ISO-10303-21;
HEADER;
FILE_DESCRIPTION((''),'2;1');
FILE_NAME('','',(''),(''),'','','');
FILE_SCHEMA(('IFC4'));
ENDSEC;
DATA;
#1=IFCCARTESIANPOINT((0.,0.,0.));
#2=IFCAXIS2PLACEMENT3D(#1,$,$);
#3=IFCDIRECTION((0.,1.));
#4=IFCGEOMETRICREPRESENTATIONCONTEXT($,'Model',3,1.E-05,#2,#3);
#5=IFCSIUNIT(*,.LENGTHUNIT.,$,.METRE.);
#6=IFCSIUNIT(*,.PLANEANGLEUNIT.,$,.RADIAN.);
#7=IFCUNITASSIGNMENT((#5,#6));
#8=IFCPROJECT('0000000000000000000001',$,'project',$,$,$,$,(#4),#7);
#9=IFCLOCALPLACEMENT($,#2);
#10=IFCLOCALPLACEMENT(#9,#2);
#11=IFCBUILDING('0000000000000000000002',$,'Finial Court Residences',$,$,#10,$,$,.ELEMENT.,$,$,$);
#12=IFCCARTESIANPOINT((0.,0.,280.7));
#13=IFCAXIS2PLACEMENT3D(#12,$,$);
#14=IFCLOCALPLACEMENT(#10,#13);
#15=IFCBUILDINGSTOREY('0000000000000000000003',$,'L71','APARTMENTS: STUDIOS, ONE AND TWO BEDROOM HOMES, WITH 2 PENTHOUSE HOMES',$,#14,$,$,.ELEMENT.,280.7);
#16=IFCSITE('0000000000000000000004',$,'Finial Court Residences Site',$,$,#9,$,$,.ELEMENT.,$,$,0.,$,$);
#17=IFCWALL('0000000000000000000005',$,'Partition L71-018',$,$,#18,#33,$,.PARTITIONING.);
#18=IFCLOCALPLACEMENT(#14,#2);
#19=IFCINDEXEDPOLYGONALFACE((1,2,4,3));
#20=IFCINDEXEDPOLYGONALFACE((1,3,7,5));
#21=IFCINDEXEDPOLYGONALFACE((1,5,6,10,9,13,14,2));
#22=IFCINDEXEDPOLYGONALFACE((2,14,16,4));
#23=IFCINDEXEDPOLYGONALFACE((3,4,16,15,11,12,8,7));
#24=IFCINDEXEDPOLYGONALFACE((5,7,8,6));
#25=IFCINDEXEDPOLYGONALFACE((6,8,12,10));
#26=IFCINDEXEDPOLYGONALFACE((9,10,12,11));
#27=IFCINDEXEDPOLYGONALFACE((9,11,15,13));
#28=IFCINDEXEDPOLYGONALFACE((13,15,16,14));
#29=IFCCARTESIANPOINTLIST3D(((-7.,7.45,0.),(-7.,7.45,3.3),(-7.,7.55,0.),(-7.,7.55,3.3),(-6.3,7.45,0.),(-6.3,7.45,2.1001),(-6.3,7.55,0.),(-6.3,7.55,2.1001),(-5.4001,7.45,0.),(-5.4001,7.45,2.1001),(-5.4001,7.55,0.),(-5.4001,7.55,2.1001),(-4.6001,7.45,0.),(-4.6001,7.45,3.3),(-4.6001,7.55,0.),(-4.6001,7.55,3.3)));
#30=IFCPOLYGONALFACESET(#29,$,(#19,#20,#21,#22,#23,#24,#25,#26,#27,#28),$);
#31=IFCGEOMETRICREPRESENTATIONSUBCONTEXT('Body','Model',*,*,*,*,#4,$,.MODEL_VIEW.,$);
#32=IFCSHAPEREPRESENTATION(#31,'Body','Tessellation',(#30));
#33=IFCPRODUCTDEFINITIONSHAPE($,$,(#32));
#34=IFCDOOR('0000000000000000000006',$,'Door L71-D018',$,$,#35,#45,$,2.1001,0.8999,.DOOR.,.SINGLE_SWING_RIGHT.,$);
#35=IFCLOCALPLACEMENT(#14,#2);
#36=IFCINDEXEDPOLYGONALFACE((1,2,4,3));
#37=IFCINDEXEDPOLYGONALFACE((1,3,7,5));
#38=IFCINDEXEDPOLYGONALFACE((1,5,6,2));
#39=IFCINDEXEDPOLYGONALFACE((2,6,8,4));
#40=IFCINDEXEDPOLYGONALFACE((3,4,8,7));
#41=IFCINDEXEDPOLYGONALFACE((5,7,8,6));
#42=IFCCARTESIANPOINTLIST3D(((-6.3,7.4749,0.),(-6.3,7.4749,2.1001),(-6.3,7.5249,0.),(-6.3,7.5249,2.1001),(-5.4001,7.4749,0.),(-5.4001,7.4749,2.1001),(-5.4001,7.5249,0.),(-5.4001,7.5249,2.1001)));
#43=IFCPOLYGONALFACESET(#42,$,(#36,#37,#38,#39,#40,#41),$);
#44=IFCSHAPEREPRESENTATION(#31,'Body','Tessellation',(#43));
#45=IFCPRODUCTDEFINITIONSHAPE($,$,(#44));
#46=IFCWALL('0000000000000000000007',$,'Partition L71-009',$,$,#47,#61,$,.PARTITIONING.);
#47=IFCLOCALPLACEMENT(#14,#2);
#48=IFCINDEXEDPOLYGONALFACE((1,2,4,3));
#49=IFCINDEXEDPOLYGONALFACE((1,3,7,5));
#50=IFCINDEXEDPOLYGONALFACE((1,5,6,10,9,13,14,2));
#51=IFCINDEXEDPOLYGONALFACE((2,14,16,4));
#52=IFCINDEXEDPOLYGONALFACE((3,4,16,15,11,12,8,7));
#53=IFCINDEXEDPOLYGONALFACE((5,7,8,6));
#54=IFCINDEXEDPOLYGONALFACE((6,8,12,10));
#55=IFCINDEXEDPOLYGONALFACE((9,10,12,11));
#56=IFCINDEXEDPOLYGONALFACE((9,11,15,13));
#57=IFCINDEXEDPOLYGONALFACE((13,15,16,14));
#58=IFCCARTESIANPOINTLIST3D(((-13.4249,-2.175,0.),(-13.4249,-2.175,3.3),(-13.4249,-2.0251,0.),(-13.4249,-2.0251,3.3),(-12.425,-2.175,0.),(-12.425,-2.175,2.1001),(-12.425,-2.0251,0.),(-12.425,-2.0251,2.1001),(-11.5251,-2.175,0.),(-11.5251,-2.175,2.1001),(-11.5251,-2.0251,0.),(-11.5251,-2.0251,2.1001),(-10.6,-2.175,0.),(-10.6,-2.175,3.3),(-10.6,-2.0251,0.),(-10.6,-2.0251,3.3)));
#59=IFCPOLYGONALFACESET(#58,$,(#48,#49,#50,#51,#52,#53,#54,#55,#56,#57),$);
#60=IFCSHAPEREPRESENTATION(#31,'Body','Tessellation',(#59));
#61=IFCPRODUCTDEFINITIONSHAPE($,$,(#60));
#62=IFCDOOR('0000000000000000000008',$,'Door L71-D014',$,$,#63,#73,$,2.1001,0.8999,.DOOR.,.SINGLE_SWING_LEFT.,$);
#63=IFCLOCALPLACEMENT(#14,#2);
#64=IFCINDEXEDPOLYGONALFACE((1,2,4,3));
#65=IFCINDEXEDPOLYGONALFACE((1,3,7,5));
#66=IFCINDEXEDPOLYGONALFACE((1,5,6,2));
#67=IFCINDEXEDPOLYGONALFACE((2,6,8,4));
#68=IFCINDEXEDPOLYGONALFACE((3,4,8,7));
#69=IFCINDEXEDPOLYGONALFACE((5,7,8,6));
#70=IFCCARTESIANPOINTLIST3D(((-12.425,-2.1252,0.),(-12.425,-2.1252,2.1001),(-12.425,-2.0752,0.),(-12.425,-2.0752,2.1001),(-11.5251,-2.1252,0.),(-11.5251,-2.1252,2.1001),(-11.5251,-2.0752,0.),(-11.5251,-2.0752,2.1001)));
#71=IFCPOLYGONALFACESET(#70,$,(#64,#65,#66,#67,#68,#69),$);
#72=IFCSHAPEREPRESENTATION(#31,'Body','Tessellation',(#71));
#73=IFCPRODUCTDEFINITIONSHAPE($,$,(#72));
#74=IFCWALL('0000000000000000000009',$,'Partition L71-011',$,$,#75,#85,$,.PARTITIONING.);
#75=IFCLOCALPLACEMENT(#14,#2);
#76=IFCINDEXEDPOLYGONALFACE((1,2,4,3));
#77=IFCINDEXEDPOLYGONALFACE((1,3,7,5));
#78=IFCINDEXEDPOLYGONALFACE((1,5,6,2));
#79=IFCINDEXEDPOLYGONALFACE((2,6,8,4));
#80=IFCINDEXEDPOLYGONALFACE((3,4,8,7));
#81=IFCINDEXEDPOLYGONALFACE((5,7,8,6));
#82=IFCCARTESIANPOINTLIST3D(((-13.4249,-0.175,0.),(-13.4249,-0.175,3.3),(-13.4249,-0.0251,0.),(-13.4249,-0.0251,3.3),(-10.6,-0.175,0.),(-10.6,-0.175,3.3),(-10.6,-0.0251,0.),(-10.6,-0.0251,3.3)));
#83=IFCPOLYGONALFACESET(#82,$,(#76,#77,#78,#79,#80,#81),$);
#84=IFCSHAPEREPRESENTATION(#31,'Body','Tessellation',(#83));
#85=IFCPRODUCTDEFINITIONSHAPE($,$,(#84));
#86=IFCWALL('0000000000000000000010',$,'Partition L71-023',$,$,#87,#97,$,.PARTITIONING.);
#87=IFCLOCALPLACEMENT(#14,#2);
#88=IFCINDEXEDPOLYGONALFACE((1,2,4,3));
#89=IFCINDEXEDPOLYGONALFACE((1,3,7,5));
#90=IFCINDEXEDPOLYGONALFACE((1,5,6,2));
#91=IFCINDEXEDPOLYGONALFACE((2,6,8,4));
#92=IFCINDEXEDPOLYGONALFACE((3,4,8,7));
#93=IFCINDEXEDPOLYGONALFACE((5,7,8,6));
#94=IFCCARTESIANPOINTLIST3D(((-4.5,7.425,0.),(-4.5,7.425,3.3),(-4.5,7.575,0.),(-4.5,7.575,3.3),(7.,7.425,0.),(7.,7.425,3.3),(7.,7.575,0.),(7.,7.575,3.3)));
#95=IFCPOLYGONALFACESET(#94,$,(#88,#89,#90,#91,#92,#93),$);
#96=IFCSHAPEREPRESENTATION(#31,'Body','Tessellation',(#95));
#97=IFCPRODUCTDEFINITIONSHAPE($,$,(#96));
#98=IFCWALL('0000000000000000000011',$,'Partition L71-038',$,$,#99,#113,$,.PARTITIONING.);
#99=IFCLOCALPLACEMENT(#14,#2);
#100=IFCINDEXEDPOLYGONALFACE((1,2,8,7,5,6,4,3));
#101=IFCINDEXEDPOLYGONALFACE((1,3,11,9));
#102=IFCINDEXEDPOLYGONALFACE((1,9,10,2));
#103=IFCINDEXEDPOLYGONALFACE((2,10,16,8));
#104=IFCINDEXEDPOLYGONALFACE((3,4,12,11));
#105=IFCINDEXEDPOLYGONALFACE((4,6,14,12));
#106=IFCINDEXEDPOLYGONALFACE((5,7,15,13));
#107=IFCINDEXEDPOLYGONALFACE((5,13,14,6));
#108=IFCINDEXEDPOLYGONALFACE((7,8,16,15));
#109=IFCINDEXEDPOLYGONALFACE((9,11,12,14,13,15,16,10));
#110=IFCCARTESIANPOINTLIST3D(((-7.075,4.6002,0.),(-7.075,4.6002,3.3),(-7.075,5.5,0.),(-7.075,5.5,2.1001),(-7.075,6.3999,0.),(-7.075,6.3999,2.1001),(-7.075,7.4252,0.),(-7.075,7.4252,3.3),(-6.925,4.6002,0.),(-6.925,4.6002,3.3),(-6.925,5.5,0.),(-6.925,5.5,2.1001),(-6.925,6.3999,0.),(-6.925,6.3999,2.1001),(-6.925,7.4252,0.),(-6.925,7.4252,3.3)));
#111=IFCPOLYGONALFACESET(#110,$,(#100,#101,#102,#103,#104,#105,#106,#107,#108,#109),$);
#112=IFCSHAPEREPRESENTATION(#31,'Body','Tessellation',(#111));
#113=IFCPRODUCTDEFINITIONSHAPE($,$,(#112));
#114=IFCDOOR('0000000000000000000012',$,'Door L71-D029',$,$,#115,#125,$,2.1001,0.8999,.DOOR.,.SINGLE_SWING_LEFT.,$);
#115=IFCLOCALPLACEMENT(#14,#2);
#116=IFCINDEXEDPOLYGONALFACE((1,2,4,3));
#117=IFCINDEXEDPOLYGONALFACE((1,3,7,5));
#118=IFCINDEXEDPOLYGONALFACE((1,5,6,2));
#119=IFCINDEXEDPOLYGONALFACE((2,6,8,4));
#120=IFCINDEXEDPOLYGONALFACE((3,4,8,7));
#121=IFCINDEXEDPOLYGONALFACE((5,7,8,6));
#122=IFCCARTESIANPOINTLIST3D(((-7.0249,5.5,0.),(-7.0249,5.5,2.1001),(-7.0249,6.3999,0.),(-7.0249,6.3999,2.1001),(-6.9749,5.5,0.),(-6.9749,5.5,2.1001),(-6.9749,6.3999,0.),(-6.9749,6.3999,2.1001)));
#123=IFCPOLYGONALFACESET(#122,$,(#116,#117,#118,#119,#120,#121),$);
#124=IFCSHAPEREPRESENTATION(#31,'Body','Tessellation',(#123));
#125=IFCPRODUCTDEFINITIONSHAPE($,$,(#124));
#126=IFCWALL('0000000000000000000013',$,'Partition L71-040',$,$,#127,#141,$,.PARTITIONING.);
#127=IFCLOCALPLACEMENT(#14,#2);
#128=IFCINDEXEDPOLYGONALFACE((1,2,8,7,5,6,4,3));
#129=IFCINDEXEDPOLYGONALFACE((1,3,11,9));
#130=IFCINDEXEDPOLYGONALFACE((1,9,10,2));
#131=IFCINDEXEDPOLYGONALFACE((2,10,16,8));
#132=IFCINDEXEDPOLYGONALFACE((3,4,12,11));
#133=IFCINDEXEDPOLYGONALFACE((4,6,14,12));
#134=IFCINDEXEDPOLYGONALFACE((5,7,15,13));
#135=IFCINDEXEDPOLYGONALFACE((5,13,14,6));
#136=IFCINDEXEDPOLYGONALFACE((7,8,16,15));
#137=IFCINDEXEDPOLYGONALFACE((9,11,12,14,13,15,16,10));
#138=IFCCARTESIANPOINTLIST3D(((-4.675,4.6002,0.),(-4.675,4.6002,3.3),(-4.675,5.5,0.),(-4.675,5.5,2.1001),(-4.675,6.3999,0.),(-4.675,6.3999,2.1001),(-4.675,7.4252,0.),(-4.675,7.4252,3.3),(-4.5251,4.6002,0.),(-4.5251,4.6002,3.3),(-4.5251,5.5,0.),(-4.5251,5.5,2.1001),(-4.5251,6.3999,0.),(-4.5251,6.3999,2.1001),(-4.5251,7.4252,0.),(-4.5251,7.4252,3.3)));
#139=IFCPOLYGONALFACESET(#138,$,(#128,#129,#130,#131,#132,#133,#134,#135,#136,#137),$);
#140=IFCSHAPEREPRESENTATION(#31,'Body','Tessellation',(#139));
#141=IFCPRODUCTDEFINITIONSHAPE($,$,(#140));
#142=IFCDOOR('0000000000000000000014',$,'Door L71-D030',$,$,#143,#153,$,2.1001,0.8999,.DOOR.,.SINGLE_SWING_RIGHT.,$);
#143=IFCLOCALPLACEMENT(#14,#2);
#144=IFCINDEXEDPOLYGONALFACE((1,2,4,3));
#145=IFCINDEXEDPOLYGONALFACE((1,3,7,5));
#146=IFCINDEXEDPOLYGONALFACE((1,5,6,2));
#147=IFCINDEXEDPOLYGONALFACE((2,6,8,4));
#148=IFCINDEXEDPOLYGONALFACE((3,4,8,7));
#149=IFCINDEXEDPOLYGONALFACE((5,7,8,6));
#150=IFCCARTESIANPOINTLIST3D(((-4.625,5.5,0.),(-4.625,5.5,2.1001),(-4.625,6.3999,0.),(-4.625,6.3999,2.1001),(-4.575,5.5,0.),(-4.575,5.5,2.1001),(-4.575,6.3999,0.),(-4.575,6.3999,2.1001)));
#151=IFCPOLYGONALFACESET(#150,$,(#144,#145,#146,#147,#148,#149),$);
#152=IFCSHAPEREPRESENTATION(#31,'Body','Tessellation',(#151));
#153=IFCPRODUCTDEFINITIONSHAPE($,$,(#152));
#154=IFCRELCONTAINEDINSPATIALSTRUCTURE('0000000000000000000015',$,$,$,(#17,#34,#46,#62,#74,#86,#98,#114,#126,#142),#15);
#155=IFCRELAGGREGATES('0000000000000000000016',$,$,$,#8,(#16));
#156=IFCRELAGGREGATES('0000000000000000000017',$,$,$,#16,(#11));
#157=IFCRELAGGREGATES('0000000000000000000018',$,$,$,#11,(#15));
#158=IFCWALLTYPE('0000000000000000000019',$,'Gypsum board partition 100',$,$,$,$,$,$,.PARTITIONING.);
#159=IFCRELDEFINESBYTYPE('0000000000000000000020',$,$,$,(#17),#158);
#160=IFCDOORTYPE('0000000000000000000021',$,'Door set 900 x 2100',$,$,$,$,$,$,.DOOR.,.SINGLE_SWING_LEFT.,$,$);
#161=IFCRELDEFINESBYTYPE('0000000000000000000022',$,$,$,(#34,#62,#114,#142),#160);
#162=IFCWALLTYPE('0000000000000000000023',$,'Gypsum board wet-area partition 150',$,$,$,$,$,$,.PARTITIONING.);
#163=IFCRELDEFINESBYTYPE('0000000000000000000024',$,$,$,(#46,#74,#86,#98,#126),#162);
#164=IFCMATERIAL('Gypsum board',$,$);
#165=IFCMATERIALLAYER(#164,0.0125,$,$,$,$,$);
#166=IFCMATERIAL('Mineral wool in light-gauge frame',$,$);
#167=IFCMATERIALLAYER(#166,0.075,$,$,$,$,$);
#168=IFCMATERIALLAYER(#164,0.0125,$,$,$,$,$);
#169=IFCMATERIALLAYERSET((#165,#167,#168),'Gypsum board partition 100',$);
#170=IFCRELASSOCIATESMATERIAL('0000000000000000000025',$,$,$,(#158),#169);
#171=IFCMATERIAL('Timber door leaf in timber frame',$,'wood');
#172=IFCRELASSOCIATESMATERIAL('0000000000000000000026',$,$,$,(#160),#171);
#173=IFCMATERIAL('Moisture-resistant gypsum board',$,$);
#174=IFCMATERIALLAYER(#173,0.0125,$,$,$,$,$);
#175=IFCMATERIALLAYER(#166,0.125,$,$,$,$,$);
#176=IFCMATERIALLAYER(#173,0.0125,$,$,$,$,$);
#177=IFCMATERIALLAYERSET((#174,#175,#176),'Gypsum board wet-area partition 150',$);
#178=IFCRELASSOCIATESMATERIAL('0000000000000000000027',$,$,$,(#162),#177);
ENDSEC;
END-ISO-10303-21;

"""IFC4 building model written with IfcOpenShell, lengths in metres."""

from ifc_helpers import new_model, si_unit, direction, frame, frame_2d, origin, place, context, subcontext, project, spatial, rectangle, extrude, material, layer, layer_set, type_object, element, fill, save


model = new_model("IFC4")

# Units and contexts
model_context = context("Model", 3, precision=1e-05, world=origin(), true_north=direction((0.0, 1.0)))
body_context = subcontext(model_context, "Body", "Model", "MODEL_VIEW")
ifc_project = project(units=[si_unit("LENGTHUNIT", "METRE"), si_unit("PLANEANGLEUNIT", "RADIAN")], contexts=[model_context])

# Site, building, storey
site_placement = place(None, origin())
site = spatial("IfcSite", under=ifc_project, at=site_placement, Name="Finial Court Residences Site", CompositionType="ELEMENT", RefElevation=0.0)
building_placement = place(site_placement, origin())
building = spatial("IfcBuilding", under=site, at=building_placement, Name="Finial Court Residences", CompositionType="ELEMENT")
storey_placement = place(building_placement, frame((0.0, 0.0, 280.7)))
storey = spatial("IfcBuildingStorey", under=building, at=storey_placement, Name="L71", Description="APARTMENTS: STUDIOS, ONE AND TWO BEDROOM HOMES, WITH 2 PENTHOUSE HOMES", CompositionType="ELEMENT", Elevation=280.7)

# Shared definitions
ifc_material_1 = material(Name="Gypsum board")

# Walls, openings, doors
ifc_layer_1 = layer(ifc_material_1, 0.0125)
ifc_material_2 = material(Name="Mineral wool in light-gauge frame")
ifc_layer_2 = layer(ifc_material_2, 0.075)
ifc_layer_3 = layer(ifc_material_1, 0.0125)
ifc_layer_set_1 = layer_set([ifc_layer_1, ifc_layer_2, ifc_layer_3], Name="Gypsum board partition 100")
wall_type_1 = type_object("IfcWallType", Name="Gypsum board partition 100", PredefinedType="PARTITIONING", material=ifc_layer_set_1)
wall_1_placement = place(storey_placement, frame((-7.0, 7.5, 0.0), z_axis=(0.0, 0.0, 1.0), x_axis=(1.0, 0.0, 0.0)))
wall_1 = element("IfcWall", 1, at=wall_1_placement, inside=storey, type_object=wall_type_1, Name="Partition L71-018", PredefinedType="PARTITIONING", context=body_context, shape_type="SweptSolid", body=[
    extrude(rectangle(XDim=2.3999, YDim=0.1001, at=frame_2d((1.2, 0.0))), origin(), (0.0, 0.0, 1.0), 3.3),
])
opening_1_placement = place(wall_1_placement, frame((0.7, 0.0, 0.0)))
opening_1 = element("IfcOpeningElement", 2, at=opening_1_placement, cuts=wall_1, PredefinedType="OPENING", context=body_context, shape_type="SweptSolid", body=[
    extrude(rectangle(XDim=0.8999, YDim=2.1001, at=frame_2d((0.45, 1.05))), frame((0.0, 0.0601, 0.0), z_axis=(0.0, -1.0, 0.0), x_axis=(1.0, 0.0, 0.0)), (0.0, 0.0, 1.0), 0.1201),
])
ifc_material_3 = material(Name="Timber door leaf in timber frame", Category="wood")
door_type = type_object("IfcDoorType", Name="Door set 900 x 2100", OperationType="SINGLE_SWING_LEFT", PredefinedType="DOOR", material=ifc_material_3)
door_1_placement = place(opening_1_placement, origin())
door_1 = element("IfcDoor", 3, at=door_1_placement, inside=storey, type_object=door_type, Name="Door L71-D018", OperationType="SINGLE_SWING_RIGHT", OverallHeight=2.1001, OverallWidth=0.8999, PredefinedType="DOOR", context=body_context, shape_type="SweptSolid", body=[
    extrude(rectangle(XDim=0.8999, YDim=2.1001, at=frame_2d((0.45, 1.05))), frame((0.0, 0.0249, 0.0), z_axis=(0.0, -1.0, 0.0), x_axis=(1.0, 0.0, 0.0)), (0.0, 0.0, 1.0), 0.05),
])
fill(opening_1, door_1)
ifc_material_4 = material(Name="Moisture-resistant gypsum board")
ifc_layer_4 = layer(ifc_material_4, 0.0125)
ifc_layer_5 = layer(ifc_material_2, 0.125)
ifc_layer_6 = layer(ifc_material_4, 0.0125)
ifc_layer_set_2 = layer_set([ifc_layer_4, ifc_layer_5, ifc_layer_6], Name="Gypsum board wet-area partition 150")
wall_type_2 = type_object("IfcWallType", Name="Gypsum board wet-area partition 150", PredefinedType="PARTITIONING", material=ifc_layer_set_2)
wall_2_placement = place(storey_placement, frame((-13.425, -2.1001, 0.0), z_axis=(0.0, 0.0, 1.0), x_axis=(1.0, 0.0, 0.0)))
wall_2 = element("IfcWall", 4, at=wall_2_placement, inside=storey, type_object=wall_type_2, Name="Partition L71-009", PredefinedType="PARTITIONING", context=body_context, shape_type="SweptSolid", body=[
    extrude(rectangle(XDim=2.825, YDim=0.1499, at=frame_2d((1.4126, 0.0))), origin(), (0.0, 0.0, 1.0), 3.3),
])
opening_2_placement = place(wall_2_placement, frame((1.0, 0.0, 0.0)))
opening_2 = element("IfcOpeningElement", 5, at=opening_2_placement, cuts=wall_2, PredefinedType="OPENING", context=body_context, shape_type="SweptSolid", body=[
    extrude(rectangle(XDim=0.8999, YDim=2.1001, at=frame_2d((0.45, 1.05))), frame((0.0, 0.085, 0.0), z_axis=(0.0, -1.0, 0.0), x_axis=(1.0, 0.0, 0.0)), (0.0, 0.0, 1.0), 0.1699),
])
door_2_placement = place(opening_2_placement, origin())
door_2 = element("IfcDoor", 6, at=door_2_placement, inside=storey, type_object=door_type, Name="Door L71-D014", OperationType="SINGLE_SWING_LEFT", OverallHeight=2.1001, OverallWidth=0.8999, PredefinedType="DOOR", context=body_context, shape_type="SweptSolid", body=[
    extrude(rectangle(XDim=0.8999, YDim=2.1001, at=frame_2d((0.45, 1.05))), frame((0.0, 0.0249, 0.0), z_axis=(0.0, -1.0, 0.0), x_axis=(1.0, 0.0, 0.0)), (0.0, 0.0, 1.0), 0.05),
])
fill(opening_2, door_2)

# Walls
wall_3_placement = place(storey_placement, frame((-13.425, -0.1001, 0.0), z_axis=(0.0, 0.0, 1.0), x_axis=(1.0, 0.0, 0.0)))
element("IfcWall", 7, at=wall_3_placement, inside=storey, type_object=wall_type_2, Name="Partition L71-011", PredefinedType="PARTITIONING", context=body_context, shape_type="SweptSolid", body=[
    extrude(rectangle(XDim=2.825, YDim=0.1499, at=frame_2d((1.4126, 0.0))), origin(), (0.0, 0.0, 1.0), 3.3),
])
wall_4_placement = place(storey_placement, frame((-4.5, 7.5, 0.0), z_axis=(0.0, 0.0, 1.0), x_axis=(1.0, 0.0, 0.0)))
element("IfcWall", 8, at=wall_4_placement, inside=storey, type_object=wall_type_2, Name="Partition L71-023", PredefinedType="PARTITIONING", context=body_context, shape_type="SweptSolid", body=[
    extrude(rectangle(XDim=11.5, YDim=0.1499, at=frame_2d((5.75, 0.0))), origin(), (0.0, 0.0, 1.0), 3.3),
])

# Walls, openings, doors
wall_5_placement = place(storey_placement, frame((-7.0, 4.6001, 0.0), z_axis=(0.0, 0.0, 1.0), x_axis=(0.0, 1.0, 0.0)))
wall_5 = element("IfcWall", 9, at=wall_5_placement, inside=storey, type_object=wall_type_2, Name="Partition L71-038", PredefinedType="PARTITIONING", context=body_context, shape_type="SweptSolid", body=[
    extrude(rectangle(XDim=2.825, YDim=0.1499, at=frame_2d((1.4126, 0.0))), origin(), (0.0, 0.0, 1.0), 3.3),
])
opening_3_placement = place(wall_5_placement, frame((0.8999, 0.0, 0.0)))
opening_3 = element("IfcOpeningElement", 10, at=opening_3_placement, cuts=wall_5, PredefinedType="OPENING", context=body_context, shape_type="SweptSolid", body=[
    extrude(rectangle(XDim=0.8999, YDim=2.1001, at=frame_2d((0.45, 1.05))), frame((0.0, 0.085, 0.0), z_axis=(0.0, -1.0, 0.0), x_axis=(1.0, 0.0, 0.0)), (0.0, 0.0, 1.0), 0.1699),
])
door_3_placement = place(opening_3_placement, origin())
door_3 = element("IfcDoor", 11, at=door_3_placement, inside=storey, type_object=door_type, Name="Door L71-D029", OperationType="SINGLE_SWING_LEFT", OverallHeight=2.1001, OverallWidth=0.8999, PredefinedType="DOOR", context=body_context, shape_type="SweptSolid", body=[
    extrude(rectangle(XDim=0.8999, YDim=2.1001, at=frame_2d((0.45, 1.05))), frame((0.0, 0.0249, 0.0), z_axis=(0.0, -1.0, 0.0), x_axis=(1.0, 0.0, 0.0)), (0.0, 0.0, 1.0), 0.05),
])
fill(opening_3, door_3)
wall_6_placement = place(storey_placement, frame((-4.6001, 4.6001, 0.0), z_axis=(0.0, 0.0, 1.0), x_axis=(0.0, 1.0, 0.0)))
wall_6 = element("IfcWall", 12, at=wall_6_placement, inside=storey, type_object=wall_type_2, Name="Partition L71-040", PredefinedType="PARTITIONING", context=body_context, shape_type="SweptSolid", body=[
    extrude(rectangle(XDim=2.825, YDim=0.1499, at=frame_2d((1.4126, 0.0))), origin(), (0.0, 0.0, 1.0), 3.3),
])
opening_4_placement = place(wall_6_placement, frame((0.8999, 0.0, 0.0)))
opening_4 = element("IfcOpeningElement", 13, at=opening_4_placement, cuts=wall_6, PredefinedType="OPENING", context=body_context, shape_type="SweptSolid", body=[
    extrude(rectangle(XDim=0.8999, YDim=2.1001, at=frame_2d((0.45, 1.05))), frame((0.0, 0.085, 0.0), z_axis=(0.0, -1.0, 0.0), x_axis=(1.0, 0.0, 0.0)), (0.0, 0.0, 1.0), 0.1699),
])
door_4_placement = place(opening_4_placement, origin())
door_4 = element("IfcDoor", 14, at=door_4_placement, inside=storey, type_object=door_type, Name="Door L71-D030", OperationType="SINGLE_SWING_RIGHT", OverallHeight=2.1001, OverallWidth=0.8999, PredefinedType="DOOR", context=body_context, shape_type="SweptSolid", body=[
    extrude(rectangle(XDim=0.8999, YDim=2.1001, at=frame_2d((0.45, 1.05))), frame((0.0, 0.0249, 0.0), z_axis=(0.0, -1.0, 0.0), x_axis=(1.0, 0.0, 0.0)), (0.0, 0.0, 1.0), 0.05),
])
fill(opening_4, door_4)

save(model, "model.ifc")
